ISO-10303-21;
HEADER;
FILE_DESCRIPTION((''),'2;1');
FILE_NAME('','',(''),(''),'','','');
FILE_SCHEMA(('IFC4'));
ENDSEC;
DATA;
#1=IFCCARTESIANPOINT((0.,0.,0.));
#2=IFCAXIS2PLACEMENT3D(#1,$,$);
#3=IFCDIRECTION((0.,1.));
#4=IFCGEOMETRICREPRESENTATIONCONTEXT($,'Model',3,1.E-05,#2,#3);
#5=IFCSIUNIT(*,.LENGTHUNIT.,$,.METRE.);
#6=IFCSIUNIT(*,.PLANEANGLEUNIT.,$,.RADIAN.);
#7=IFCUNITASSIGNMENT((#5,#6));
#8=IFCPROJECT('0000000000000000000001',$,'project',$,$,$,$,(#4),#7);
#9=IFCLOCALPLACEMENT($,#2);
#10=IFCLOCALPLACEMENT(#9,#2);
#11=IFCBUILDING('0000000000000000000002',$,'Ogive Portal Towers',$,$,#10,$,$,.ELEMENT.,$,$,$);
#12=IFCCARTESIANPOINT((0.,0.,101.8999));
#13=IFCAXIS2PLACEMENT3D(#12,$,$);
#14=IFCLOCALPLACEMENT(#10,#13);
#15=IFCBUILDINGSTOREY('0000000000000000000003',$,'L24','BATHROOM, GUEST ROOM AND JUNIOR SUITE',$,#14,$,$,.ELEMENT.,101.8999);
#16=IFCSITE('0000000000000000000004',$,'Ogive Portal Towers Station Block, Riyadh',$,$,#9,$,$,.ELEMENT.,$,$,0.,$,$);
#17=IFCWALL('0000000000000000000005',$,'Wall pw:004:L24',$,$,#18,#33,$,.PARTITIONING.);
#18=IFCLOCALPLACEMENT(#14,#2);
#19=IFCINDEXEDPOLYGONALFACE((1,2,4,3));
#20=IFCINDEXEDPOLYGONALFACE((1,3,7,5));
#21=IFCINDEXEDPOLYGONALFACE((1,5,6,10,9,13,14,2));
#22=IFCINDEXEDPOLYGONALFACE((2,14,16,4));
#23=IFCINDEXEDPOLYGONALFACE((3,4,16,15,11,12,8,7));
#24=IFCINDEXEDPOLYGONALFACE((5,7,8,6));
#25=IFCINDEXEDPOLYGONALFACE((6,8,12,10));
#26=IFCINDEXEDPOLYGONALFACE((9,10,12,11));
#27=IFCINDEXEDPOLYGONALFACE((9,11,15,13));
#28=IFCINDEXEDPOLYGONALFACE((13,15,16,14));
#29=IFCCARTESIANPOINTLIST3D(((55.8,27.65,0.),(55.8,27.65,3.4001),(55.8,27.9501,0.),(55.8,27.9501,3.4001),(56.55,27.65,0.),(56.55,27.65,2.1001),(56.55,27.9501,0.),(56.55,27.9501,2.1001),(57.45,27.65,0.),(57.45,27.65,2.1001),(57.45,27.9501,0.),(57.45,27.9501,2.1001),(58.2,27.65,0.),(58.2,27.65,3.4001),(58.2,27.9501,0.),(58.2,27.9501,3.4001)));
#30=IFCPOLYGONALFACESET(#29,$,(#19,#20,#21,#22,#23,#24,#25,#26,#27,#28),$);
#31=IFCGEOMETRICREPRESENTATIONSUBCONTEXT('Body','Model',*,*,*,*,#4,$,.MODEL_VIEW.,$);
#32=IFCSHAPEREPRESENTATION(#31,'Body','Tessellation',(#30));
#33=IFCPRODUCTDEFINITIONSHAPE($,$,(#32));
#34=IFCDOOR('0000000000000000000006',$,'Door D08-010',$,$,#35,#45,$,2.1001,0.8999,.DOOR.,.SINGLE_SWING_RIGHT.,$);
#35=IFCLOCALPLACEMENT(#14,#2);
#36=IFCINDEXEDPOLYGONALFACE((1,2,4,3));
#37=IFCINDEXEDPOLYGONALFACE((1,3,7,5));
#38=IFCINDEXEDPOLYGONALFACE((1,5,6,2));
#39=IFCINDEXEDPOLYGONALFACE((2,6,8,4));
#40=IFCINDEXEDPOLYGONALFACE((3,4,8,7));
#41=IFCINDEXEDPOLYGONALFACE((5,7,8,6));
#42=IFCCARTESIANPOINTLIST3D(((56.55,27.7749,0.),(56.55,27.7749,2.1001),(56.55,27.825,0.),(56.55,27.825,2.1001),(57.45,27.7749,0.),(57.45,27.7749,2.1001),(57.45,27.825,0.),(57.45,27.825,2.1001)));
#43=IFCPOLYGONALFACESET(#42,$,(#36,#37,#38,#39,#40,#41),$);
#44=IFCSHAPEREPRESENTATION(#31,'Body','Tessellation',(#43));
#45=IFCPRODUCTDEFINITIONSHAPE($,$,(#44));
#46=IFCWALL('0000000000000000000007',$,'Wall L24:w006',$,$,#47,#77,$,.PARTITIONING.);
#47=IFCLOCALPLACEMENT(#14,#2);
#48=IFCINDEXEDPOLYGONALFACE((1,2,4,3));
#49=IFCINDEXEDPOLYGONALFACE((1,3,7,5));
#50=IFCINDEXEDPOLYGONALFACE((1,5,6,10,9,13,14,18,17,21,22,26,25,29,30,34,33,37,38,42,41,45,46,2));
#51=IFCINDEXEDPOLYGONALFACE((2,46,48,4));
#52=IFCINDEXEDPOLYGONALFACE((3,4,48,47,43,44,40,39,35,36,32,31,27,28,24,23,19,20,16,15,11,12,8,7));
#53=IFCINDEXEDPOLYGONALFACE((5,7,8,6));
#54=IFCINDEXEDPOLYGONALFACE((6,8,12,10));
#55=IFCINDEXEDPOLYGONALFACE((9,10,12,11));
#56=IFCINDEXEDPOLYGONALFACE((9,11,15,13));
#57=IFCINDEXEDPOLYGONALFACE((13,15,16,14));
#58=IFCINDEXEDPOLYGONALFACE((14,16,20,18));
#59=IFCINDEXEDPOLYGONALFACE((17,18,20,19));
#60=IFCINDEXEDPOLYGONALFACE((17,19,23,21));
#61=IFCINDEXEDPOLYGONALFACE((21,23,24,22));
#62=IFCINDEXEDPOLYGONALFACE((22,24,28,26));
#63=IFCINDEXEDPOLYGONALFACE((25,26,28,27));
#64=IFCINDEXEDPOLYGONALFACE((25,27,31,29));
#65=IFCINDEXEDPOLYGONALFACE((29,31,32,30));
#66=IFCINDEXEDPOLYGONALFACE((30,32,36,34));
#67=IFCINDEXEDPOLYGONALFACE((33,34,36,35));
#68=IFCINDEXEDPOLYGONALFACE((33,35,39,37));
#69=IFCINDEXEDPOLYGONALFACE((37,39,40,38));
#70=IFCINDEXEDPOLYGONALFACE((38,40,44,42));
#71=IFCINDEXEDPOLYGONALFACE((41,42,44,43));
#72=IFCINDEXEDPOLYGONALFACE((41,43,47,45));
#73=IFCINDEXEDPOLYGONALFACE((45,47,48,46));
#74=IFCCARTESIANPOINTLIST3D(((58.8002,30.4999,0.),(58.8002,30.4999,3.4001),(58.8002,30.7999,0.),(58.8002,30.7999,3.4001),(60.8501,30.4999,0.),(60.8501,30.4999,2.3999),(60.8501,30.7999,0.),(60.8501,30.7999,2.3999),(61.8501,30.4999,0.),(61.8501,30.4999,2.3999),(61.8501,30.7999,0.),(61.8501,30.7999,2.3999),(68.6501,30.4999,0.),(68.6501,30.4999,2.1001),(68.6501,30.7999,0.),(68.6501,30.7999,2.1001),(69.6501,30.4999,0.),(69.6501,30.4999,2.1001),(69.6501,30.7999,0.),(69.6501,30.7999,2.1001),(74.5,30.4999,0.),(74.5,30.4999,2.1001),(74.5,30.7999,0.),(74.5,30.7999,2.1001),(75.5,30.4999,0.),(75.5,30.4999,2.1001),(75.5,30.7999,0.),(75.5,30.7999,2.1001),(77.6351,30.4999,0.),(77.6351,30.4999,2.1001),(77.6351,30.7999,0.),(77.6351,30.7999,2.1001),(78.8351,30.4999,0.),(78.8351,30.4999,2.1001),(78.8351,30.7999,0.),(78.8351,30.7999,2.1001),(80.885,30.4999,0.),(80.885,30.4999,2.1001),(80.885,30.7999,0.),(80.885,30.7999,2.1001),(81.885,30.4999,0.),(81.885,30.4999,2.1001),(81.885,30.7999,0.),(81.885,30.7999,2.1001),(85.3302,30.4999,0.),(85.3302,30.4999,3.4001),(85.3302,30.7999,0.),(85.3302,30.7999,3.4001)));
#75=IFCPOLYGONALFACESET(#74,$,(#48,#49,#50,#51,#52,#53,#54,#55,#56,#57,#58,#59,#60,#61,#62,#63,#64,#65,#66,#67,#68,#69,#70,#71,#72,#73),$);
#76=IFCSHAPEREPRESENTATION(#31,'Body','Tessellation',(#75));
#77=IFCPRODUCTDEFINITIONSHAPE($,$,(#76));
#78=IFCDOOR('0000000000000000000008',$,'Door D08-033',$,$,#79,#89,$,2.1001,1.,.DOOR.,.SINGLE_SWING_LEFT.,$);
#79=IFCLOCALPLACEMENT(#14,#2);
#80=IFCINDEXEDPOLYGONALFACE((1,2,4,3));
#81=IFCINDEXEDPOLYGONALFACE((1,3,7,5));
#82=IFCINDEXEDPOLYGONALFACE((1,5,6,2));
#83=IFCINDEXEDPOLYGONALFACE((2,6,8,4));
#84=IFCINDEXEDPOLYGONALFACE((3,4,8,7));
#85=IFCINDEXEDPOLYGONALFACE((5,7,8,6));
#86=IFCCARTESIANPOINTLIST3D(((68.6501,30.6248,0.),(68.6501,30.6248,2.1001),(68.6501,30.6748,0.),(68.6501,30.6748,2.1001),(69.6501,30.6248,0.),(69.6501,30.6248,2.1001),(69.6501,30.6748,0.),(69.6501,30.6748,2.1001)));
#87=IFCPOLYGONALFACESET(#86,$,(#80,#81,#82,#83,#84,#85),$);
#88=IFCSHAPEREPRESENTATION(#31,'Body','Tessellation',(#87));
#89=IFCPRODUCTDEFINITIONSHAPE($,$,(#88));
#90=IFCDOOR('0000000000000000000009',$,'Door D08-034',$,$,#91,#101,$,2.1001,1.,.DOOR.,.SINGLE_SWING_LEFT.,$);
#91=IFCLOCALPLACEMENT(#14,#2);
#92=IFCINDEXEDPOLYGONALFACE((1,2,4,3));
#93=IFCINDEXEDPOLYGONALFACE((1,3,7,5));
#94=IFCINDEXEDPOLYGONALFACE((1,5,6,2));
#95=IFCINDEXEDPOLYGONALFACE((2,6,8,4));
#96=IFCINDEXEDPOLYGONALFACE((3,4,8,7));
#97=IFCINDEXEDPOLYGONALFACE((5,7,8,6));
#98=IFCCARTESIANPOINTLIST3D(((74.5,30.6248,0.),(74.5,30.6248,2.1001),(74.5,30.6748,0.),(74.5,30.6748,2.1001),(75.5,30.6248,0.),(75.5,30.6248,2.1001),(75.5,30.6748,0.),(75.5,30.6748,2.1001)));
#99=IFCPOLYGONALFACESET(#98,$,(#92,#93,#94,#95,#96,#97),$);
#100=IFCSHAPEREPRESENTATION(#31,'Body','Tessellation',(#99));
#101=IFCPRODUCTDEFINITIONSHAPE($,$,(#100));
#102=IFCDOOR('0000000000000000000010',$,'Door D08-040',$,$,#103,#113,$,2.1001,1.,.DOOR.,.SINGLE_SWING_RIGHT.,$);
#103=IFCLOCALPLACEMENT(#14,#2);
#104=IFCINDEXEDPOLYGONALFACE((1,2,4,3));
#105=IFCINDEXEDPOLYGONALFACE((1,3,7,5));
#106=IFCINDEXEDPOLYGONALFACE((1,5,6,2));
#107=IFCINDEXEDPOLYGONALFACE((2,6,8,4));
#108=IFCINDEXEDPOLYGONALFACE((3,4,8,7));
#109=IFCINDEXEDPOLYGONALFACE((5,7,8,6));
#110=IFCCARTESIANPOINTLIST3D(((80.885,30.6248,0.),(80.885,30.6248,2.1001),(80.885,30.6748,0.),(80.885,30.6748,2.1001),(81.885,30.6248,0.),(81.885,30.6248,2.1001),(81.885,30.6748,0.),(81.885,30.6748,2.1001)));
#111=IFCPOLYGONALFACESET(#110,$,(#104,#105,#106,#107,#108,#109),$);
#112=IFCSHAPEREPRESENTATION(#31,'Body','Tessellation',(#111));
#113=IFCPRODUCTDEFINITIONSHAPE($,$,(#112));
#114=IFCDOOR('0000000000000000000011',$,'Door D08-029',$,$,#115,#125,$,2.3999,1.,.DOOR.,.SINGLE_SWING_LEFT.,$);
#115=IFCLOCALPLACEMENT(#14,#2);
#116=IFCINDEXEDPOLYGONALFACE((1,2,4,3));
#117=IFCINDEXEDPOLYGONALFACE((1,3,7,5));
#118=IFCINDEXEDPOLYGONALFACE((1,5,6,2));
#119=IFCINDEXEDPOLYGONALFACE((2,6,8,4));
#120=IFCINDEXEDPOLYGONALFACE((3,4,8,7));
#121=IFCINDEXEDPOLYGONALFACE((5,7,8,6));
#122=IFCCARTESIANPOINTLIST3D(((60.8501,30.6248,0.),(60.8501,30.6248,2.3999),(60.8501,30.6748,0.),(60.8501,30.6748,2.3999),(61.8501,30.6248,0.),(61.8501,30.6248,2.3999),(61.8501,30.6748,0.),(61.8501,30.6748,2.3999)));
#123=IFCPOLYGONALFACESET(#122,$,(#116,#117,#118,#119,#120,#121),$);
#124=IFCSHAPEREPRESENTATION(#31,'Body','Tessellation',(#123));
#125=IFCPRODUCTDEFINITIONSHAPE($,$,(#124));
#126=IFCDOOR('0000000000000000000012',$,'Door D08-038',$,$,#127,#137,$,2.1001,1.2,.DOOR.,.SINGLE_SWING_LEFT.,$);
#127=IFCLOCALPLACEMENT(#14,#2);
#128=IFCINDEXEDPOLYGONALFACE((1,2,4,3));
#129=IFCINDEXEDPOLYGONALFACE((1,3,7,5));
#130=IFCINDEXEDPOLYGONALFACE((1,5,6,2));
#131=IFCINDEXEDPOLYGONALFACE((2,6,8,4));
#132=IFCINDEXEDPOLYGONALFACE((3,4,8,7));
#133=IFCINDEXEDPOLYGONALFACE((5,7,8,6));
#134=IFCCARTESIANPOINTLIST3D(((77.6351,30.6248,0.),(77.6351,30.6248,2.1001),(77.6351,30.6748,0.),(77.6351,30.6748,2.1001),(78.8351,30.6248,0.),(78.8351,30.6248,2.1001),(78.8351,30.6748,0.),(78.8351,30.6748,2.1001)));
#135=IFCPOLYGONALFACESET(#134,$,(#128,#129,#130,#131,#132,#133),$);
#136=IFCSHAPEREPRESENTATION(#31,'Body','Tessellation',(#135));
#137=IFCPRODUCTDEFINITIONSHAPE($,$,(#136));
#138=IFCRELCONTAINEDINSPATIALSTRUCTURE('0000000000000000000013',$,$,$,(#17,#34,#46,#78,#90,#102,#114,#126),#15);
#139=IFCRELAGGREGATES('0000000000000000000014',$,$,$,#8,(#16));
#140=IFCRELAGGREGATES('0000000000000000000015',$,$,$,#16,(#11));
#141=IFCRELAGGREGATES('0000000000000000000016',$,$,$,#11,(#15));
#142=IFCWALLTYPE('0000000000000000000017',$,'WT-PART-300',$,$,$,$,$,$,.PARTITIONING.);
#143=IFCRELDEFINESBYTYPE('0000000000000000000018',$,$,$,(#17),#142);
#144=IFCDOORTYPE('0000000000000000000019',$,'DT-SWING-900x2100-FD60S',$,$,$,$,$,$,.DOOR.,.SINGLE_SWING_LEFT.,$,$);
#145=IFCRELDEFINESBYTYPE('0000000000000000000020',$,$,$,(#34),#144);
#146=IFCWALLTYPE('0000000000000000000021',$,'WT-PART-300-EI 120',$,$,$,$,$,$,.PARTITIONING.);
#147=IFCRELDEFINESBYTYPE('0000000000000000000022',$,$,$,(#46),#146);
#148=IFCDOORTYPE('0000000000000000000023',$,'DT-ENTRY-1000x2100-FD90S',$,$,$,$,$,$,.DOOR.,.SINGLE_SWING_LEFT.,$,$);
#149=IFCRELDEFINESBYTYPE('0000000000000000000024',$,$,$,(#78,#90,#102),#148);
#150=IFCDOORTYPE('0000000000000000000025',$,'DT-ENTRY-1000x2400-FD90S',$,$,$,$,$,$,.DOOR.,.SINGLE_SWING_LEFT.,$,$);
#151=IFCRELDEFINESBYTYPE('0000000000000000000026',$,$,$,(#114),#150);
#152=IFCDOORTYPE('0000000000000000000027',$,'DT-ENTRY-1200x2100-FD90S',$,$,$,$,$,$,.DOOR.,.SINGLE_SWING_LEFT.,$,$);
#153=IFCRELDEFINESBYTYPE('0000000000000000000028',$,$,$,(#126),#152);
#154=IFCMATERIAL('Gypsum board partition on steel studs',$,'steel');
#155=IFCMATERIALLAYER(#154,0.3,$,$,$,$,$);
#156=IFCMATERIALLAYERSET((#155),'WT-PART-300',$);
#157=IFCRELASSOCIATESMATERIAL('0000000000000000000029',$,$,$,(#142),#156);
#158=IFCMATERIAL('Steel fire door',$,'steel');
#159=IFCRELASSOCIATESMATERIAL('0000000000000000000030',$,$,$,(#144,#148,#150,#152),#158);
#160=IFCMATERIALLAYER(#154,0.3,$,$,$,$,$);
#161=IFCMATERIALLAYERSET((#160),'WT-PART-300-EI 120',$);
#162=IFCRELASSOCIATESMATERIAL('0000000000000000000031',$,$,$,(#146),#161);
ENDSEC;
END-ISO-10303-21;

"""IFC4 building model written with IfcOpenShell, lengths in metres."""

from ifc_helpers import new_model, si_unit, direction, frame, frame_2d, origin, place, context, subcontext, project, spatial, rectangle, extrude, material, layer, layer_set, type_object, element, fill, save


model = new_model("IFC4")

# Units and contexts
model_context = context("Model", 3, precision=1e-05, world=origin(), true_north=direction((0.0, 1.0)))
body_context = subcontext(model_context, "Body", "Model", "MODEL_VIEW")
ifc_project = project(units=[si_unit("LENGTHUNIT", "METRE"), si_unit("PLANEANGLEUNIT", "RADIAN")], contexts=[model_context])

# Site, building, storey
site_placement = place(None, origin())
site = spatial("IfcSite", under=ifc_project, at=site_placement, Name="Ogive Portal Towers Station Block, Riyadh", CompositionType="ELEMENT", RefElevation=0.0)
building_placement = place(site_placement, origin())
building = spatial("IfcBuilding", under=site, at=building_placement, Name="Ogive Portal Towers", CompositionType="ELEMENT")
storey_placement = place(building_placement, frame((0.0, 0.0, 101.8999)))
storey = spatial("IfcBuildingStorey", under=building, at=storey_placement, Name="L24", Description="BATHROOM, GUEST ROOM AND JUNIOR SUITE", CompositionType="ELEMENT", Elevation=101.8999)

# Wall, opening, door
ifc_material_1 = material(Name="Gypsum board partition on steel studs", Category="steel")
ifc_layer_1 = layer(ifc_material_1, 0.3)
ifc_layer_set_1 = layer_set([ifc_layer_1], Name="WT-PART-300")
wall_type_1 = type_object("IfcWallType", Name="WT-PART-300", PredefinedType="PARTITIONING", material=ifc_layer_set_1)
wall_1_placement = place(storey_placement, frame((55.8, 27.8, 0.0), z_axis=(0.0, 0.0, 1.0), x_axis=(1.0, 0.0, 0.0)))
wall_1 = element("IfcWall", 1, at=wall_1_placement, inside=storey, type_object=wall_type_1, Name="Wall pw:004:L24", PredefinedType="PARTITIONING", context=body_context, shape_type="SweptSolid", body=[
    extrude(rectangle(XDim=2.3999, YDim=0.3, at=frame_2d((1.2, 0.0))), origin(), (0.0, 0.0, 1.0), 3.4001),
])
opening_1_placement = place(wall_1_placement, frame((0.75, 0.0, 0.0)))
opening_1 = element("IfcOpeningElement", 2, at=opening_1_placement, cuts=wall_1, PredefinedType="OPENING", context=body_context, shape_type="SweptSolid", body=[
    extrude(rectangle(XDim=0.8999, YDim=2.1001, at=frame_2d((0.45, 1.05))), frame((0.0, 0.1602, 0.0), z_axis=(0.0, -1.0, 0.0), x_axis=(1.0, 0.0, 0.0)), (0.0, 0.0, 1.0), 0.3201),
])
ifc_material_2 = material(Name="Steel fire door", Category="steel")
door_type_1 = type_object("IfcDoorType", Name="DT-SWING-900x2100-FD60S", OperationType="SINGLE_SWING_LEFT", PredefinedType="DOOR", material=ifc_material_2)
door_1_placement = place(opening_1_placement, origin())
door_1 = element("IfcDoor", 3, at=door_1_placement, inside=storey, type_object=door_type_1, Name="Door D08-010", OperationType="SINGLE_SWING_RIGHT", OverallHeight=2.1001, OverallWidth=0.8999, PredefinedType="DOOR", context=body_context, shape_type="SweptSolid", body=[
    extrude(rectangle(XDim=0.8999, YDim=2.1001, at=frame_2d((0.45, 1.05))), frame((0.0, 0.0249, 0.0), z_axis=(0.0, -1.0, 0.0), x_axis=(1.0, 0.0, 0.0)), (0.0, 0.0, 1.0), 0.05),
])
fill(opening_1, door_1)

# Wall, openings, doors
ifc_layer_2 = layer(ifc_material_1, 0.3)
ifc_layer_set_2 = layer_set([ifc_layer_2], Name="WT-PART-300-EI 120")
wall_type_2 = type_object("IfcWallType", Name="WT-PART-300-EI 120", PredefinedType="PARTITIONING", material=ifc_layer_set_2)
wall_2_placement = place(storey_placement, frame((58.8, 30.6499, 0.0), z_axis=(0.0, 0.0, 1.0), x_axis=(1.0, 0.0, 0.0)))
wall_2 = element("IfcWall", 4, at=wall_2_placement, inside=storey, type_object=wall_type_2, Name="Wall L24:w006", PredefinedType="PARTITIONING", context=body_context, shape_type="SweptSolid", body=[
    extrude(rectangle(XDim=26.53, YDim=0.3, at=frame_2d((13.2651, 0.0))), origin(), (0.0, 0.0, 1.0), 3.4001),
])
opening_2_placement = place(wall_2_placement, frame((2.05, 0.0, 0.0)))
opening_2 = element("IfcOpeningElement", 5, at=opening_2_placement, cuts=wall_2, PredefinedType="OPENING", context=body_context, shape_type="SweptSolid", body=[
    extrude(rectangle(XDim=1.0, YDim=2.3999, at=frame_2d((0.5, 1.2))), frame((0.0, 0.1602, 0.0), z_axis=(0.0, -1.0, 0.0), x_axis=(1.0, 0.0, 0.0)), (0.0, 0.0, 1.0), 0.3201),
])
opening_3_placement = place(wall_2_placement, frame((9.8501, 0.0, 0.0)))
opening_3 = element("IfcOpeningElement", 6, at=opening_3_placement, cuts=wall_2, PredefinedType="OPENING", context=body_context, shape_type="SweptSolid", body=[
    extrude(rectangle(XDim=1.0, YDim=2.1001, at=frame_2d((0.5, 1.05))), frame((0.0, 0.1602, 0.0), z_axis=(0.0, -1.0, 0.0), x_axis=(1.0, 0.0, 0.0)), (0.0, 0.0, 1.0), 0.3201),
])
opening_4_placement = place(wall_2_placement, frame((15.7, 0.0, 0.0)))
opening_4 = element("IfcOpeningElement", 7, at=opening_4_placement, cuts=wall_2, PredefinedType="OPENING", context=body_context, shape_type="SweptSolid", body=[
    extrude(rectangle(XDim=1.0, YDim=2.1001, at=frame_2d((0.5, 1.05))), frame((0.0, 0.1602, 0.0), z_axis=(0.0, -1.0, 0.0), x_axis=(1.0, 0.0, 0.0)), (0.0, 0.0, 1.0), 0.3201),
])
opening_5_placement = place(wall_2_placement, frame((18.835, 0.0, 0.0)))
opening_5 = element("IfcOpeningElement", 8, at=opening_5_placement, cuts=wall_2, PredefinedType="OPENING", context=body_context, shape_type="SweptSolid", body=[
    extrude(rectangle(XDim=1.2, YDim=2.1001, at=frame_2d((0.6001, 1.05))), frame((0.0, 0.1602, 0.0), z_axis=(0.0, -1.0, 0.0), x_axis=(1.0, 0.0, 0.0)), (0.0, 0.0, 1.0), 0.3201),
])
opening_6_placement = place(wall_2_placement, frame((22.085, 0.0, 0.0)))
opening_6 = element("IfcOpeningElement", 9, at=opening_6_placement, cuts=wall_2, PredefinedType="OPENING", context=body_context, shape_type="SweptSolid", body=[
    extrude(rectangle(XDim=1.0, YDim=2.1001, at=frame_2d((0.5, 1.05))), frame((0.0, 0.1602, 0.0), z_axis=(0.0, -1.0, 0.0), x_axis=(1.0, 0.0, 0.0)), (0.0, 0.0, 1.0), 0.3201),
])
door_type_2 = type_object("IfcDoorType", Name="DT-ENTRY-1000x2100-FD90S", OperationType="SINGLE_SWING_LEFT", PredefinedType="DOOR", material=ifc_material_2)
door_2_placement = place(opening_3_placement, origin())
door_2 = element("IfcDoor", 10, at=door_2_placement, inside=storey, type_object=door_type_2, Name="Door D08-033", OperationType="SINGLE_SWING_LEFT", OverallHeight=2.1001, OverallWidth=1.0, PredefinedType="DOOR", context=body_context, shape_type="SweptSolid", body=[
    extrude(rectangle(XDim=1.0, YDim=2.1001, at=frame_2d((0.5, 1.05))), frame((0.0, 0.0249, 0.0), z_axis=(0.0, -1.0, 0.0), x_axis=(1.0, 0.0, 0.0)), (0.0, 0.0, 1.0), 0.05),
])
fill(opening_3, door_2)
door_3_placement = place(opening_4_placement, origin())
door_3 = element("IfcDoor", 11, at=door_3_placement, inside=storey, type_object=door_type_2, Name="Door D08-034", OperationType="SINGLE_SWING_LEFT", OverallHeight=2.1001, OverallWidth=1.0, PredefinedType="DOOR", context=body_context, shape_type="SweptSolid", body=[
    extrude(rectangle(XDim=1.0, YDim=2.1001, at=frame_2d((0.5, 1.05))), frame((0.0, 0.0249, 0.0), z_axis=(0.0, -1.0, 0.0), x_axis=(1.0, 0.0, 0.0)), (0.0, 0.0, 1.0), 0.05),
])
fill(opening_4, door_3)
door_4_placement = place(opening_6_placement, origin())
door_4 = element("IfcDoor", 12, at=door_4_placement, inside=storey, type_object=door_type_2, Name="Door D08-040", OperationType="SINGLE_SWING_RIGHT", OverallHeight=2.1001, OverallWidth=1.0, PredefinedType="DOOR", context=body_context, shape_type="SweptSolid", body=[
    extrude(rectangle(XDim=1.0, YDim=2.1001, at=frame_2d((0.5, 1.05))), frame((0.0, 0.0249, 0.0), z_axis=(0.0, -1.0, 0.0), x_axis=(1.0, 0.0, 0.0)), (0.0, 0.0, 1.0), 0.05),
])
fill(opening_6, door_4)
door_type_3 = type_object("IfcDoorType", Name="DT-ENTRY-1000x2400-FD90S", OperationType="SINGLE_SWING_LEFT", PredefinedType="DOOR", material=ifc_material_2)
door_5_placement = place(opening_2_placement, origin())
door_5 = element("IfcDoor", 13, at=door_5_placement, inside=storey, type_object=door_type_3, Name="Door D08-029", OperationType="SINGLE_SWING_LEFT", OverallHeight=2.3999, OverallWidth=1.0, PredefinedType="DOOR", context=body_context, shape_type="SweptSolid", body=[
    extrude(rectangle(XDim=1.0, YDim=2.3999, at=frame_2d((0.5, 1.2))), frame((0.0, 0.0249, 0.0), z_axis=(0.0, -1.0, 0.0), x_axis=(1.0, 0.0, 0.0)), (0.0, 0.0, 1.0), 0.05),
])
fill(opening_2, door_5)
door_type_4 = type_object("IfcDoorType", Name="DT-ENTRY-1200x2100-FD90S", OperationType="SINGLE_SWING_LEFT", PredefinedType="DOOR", material=ifc_material_2)
door_6_placement = place(opening_5_placement, origin())
door_6 = element("IfcDoor", 14, at=door_6_placement, inside=storey, type_object=door_type_4, Name="Door D08-038", OperationType="SINGLE_SWING_LEFT", OverallHeight=2.1001, OverallWidth=1.2, PredefinedType="DOOR", context=body_context, shape_type="SweptSolid", body=[
    extrude(rectangle(XDim=1.2, YDim=2.1001, at=frame_2d((0.6001, 1.05))), frame((0.0, 0.0249, 0.0), z_axis=(0.0, -1.0, 0.0), x_axis=(1.0, 0.0, 0.0)), (0.0, 0.0, 1.0), 0.05),
])
fill(opening_5, door_6)

save(model, "model.ifc")
